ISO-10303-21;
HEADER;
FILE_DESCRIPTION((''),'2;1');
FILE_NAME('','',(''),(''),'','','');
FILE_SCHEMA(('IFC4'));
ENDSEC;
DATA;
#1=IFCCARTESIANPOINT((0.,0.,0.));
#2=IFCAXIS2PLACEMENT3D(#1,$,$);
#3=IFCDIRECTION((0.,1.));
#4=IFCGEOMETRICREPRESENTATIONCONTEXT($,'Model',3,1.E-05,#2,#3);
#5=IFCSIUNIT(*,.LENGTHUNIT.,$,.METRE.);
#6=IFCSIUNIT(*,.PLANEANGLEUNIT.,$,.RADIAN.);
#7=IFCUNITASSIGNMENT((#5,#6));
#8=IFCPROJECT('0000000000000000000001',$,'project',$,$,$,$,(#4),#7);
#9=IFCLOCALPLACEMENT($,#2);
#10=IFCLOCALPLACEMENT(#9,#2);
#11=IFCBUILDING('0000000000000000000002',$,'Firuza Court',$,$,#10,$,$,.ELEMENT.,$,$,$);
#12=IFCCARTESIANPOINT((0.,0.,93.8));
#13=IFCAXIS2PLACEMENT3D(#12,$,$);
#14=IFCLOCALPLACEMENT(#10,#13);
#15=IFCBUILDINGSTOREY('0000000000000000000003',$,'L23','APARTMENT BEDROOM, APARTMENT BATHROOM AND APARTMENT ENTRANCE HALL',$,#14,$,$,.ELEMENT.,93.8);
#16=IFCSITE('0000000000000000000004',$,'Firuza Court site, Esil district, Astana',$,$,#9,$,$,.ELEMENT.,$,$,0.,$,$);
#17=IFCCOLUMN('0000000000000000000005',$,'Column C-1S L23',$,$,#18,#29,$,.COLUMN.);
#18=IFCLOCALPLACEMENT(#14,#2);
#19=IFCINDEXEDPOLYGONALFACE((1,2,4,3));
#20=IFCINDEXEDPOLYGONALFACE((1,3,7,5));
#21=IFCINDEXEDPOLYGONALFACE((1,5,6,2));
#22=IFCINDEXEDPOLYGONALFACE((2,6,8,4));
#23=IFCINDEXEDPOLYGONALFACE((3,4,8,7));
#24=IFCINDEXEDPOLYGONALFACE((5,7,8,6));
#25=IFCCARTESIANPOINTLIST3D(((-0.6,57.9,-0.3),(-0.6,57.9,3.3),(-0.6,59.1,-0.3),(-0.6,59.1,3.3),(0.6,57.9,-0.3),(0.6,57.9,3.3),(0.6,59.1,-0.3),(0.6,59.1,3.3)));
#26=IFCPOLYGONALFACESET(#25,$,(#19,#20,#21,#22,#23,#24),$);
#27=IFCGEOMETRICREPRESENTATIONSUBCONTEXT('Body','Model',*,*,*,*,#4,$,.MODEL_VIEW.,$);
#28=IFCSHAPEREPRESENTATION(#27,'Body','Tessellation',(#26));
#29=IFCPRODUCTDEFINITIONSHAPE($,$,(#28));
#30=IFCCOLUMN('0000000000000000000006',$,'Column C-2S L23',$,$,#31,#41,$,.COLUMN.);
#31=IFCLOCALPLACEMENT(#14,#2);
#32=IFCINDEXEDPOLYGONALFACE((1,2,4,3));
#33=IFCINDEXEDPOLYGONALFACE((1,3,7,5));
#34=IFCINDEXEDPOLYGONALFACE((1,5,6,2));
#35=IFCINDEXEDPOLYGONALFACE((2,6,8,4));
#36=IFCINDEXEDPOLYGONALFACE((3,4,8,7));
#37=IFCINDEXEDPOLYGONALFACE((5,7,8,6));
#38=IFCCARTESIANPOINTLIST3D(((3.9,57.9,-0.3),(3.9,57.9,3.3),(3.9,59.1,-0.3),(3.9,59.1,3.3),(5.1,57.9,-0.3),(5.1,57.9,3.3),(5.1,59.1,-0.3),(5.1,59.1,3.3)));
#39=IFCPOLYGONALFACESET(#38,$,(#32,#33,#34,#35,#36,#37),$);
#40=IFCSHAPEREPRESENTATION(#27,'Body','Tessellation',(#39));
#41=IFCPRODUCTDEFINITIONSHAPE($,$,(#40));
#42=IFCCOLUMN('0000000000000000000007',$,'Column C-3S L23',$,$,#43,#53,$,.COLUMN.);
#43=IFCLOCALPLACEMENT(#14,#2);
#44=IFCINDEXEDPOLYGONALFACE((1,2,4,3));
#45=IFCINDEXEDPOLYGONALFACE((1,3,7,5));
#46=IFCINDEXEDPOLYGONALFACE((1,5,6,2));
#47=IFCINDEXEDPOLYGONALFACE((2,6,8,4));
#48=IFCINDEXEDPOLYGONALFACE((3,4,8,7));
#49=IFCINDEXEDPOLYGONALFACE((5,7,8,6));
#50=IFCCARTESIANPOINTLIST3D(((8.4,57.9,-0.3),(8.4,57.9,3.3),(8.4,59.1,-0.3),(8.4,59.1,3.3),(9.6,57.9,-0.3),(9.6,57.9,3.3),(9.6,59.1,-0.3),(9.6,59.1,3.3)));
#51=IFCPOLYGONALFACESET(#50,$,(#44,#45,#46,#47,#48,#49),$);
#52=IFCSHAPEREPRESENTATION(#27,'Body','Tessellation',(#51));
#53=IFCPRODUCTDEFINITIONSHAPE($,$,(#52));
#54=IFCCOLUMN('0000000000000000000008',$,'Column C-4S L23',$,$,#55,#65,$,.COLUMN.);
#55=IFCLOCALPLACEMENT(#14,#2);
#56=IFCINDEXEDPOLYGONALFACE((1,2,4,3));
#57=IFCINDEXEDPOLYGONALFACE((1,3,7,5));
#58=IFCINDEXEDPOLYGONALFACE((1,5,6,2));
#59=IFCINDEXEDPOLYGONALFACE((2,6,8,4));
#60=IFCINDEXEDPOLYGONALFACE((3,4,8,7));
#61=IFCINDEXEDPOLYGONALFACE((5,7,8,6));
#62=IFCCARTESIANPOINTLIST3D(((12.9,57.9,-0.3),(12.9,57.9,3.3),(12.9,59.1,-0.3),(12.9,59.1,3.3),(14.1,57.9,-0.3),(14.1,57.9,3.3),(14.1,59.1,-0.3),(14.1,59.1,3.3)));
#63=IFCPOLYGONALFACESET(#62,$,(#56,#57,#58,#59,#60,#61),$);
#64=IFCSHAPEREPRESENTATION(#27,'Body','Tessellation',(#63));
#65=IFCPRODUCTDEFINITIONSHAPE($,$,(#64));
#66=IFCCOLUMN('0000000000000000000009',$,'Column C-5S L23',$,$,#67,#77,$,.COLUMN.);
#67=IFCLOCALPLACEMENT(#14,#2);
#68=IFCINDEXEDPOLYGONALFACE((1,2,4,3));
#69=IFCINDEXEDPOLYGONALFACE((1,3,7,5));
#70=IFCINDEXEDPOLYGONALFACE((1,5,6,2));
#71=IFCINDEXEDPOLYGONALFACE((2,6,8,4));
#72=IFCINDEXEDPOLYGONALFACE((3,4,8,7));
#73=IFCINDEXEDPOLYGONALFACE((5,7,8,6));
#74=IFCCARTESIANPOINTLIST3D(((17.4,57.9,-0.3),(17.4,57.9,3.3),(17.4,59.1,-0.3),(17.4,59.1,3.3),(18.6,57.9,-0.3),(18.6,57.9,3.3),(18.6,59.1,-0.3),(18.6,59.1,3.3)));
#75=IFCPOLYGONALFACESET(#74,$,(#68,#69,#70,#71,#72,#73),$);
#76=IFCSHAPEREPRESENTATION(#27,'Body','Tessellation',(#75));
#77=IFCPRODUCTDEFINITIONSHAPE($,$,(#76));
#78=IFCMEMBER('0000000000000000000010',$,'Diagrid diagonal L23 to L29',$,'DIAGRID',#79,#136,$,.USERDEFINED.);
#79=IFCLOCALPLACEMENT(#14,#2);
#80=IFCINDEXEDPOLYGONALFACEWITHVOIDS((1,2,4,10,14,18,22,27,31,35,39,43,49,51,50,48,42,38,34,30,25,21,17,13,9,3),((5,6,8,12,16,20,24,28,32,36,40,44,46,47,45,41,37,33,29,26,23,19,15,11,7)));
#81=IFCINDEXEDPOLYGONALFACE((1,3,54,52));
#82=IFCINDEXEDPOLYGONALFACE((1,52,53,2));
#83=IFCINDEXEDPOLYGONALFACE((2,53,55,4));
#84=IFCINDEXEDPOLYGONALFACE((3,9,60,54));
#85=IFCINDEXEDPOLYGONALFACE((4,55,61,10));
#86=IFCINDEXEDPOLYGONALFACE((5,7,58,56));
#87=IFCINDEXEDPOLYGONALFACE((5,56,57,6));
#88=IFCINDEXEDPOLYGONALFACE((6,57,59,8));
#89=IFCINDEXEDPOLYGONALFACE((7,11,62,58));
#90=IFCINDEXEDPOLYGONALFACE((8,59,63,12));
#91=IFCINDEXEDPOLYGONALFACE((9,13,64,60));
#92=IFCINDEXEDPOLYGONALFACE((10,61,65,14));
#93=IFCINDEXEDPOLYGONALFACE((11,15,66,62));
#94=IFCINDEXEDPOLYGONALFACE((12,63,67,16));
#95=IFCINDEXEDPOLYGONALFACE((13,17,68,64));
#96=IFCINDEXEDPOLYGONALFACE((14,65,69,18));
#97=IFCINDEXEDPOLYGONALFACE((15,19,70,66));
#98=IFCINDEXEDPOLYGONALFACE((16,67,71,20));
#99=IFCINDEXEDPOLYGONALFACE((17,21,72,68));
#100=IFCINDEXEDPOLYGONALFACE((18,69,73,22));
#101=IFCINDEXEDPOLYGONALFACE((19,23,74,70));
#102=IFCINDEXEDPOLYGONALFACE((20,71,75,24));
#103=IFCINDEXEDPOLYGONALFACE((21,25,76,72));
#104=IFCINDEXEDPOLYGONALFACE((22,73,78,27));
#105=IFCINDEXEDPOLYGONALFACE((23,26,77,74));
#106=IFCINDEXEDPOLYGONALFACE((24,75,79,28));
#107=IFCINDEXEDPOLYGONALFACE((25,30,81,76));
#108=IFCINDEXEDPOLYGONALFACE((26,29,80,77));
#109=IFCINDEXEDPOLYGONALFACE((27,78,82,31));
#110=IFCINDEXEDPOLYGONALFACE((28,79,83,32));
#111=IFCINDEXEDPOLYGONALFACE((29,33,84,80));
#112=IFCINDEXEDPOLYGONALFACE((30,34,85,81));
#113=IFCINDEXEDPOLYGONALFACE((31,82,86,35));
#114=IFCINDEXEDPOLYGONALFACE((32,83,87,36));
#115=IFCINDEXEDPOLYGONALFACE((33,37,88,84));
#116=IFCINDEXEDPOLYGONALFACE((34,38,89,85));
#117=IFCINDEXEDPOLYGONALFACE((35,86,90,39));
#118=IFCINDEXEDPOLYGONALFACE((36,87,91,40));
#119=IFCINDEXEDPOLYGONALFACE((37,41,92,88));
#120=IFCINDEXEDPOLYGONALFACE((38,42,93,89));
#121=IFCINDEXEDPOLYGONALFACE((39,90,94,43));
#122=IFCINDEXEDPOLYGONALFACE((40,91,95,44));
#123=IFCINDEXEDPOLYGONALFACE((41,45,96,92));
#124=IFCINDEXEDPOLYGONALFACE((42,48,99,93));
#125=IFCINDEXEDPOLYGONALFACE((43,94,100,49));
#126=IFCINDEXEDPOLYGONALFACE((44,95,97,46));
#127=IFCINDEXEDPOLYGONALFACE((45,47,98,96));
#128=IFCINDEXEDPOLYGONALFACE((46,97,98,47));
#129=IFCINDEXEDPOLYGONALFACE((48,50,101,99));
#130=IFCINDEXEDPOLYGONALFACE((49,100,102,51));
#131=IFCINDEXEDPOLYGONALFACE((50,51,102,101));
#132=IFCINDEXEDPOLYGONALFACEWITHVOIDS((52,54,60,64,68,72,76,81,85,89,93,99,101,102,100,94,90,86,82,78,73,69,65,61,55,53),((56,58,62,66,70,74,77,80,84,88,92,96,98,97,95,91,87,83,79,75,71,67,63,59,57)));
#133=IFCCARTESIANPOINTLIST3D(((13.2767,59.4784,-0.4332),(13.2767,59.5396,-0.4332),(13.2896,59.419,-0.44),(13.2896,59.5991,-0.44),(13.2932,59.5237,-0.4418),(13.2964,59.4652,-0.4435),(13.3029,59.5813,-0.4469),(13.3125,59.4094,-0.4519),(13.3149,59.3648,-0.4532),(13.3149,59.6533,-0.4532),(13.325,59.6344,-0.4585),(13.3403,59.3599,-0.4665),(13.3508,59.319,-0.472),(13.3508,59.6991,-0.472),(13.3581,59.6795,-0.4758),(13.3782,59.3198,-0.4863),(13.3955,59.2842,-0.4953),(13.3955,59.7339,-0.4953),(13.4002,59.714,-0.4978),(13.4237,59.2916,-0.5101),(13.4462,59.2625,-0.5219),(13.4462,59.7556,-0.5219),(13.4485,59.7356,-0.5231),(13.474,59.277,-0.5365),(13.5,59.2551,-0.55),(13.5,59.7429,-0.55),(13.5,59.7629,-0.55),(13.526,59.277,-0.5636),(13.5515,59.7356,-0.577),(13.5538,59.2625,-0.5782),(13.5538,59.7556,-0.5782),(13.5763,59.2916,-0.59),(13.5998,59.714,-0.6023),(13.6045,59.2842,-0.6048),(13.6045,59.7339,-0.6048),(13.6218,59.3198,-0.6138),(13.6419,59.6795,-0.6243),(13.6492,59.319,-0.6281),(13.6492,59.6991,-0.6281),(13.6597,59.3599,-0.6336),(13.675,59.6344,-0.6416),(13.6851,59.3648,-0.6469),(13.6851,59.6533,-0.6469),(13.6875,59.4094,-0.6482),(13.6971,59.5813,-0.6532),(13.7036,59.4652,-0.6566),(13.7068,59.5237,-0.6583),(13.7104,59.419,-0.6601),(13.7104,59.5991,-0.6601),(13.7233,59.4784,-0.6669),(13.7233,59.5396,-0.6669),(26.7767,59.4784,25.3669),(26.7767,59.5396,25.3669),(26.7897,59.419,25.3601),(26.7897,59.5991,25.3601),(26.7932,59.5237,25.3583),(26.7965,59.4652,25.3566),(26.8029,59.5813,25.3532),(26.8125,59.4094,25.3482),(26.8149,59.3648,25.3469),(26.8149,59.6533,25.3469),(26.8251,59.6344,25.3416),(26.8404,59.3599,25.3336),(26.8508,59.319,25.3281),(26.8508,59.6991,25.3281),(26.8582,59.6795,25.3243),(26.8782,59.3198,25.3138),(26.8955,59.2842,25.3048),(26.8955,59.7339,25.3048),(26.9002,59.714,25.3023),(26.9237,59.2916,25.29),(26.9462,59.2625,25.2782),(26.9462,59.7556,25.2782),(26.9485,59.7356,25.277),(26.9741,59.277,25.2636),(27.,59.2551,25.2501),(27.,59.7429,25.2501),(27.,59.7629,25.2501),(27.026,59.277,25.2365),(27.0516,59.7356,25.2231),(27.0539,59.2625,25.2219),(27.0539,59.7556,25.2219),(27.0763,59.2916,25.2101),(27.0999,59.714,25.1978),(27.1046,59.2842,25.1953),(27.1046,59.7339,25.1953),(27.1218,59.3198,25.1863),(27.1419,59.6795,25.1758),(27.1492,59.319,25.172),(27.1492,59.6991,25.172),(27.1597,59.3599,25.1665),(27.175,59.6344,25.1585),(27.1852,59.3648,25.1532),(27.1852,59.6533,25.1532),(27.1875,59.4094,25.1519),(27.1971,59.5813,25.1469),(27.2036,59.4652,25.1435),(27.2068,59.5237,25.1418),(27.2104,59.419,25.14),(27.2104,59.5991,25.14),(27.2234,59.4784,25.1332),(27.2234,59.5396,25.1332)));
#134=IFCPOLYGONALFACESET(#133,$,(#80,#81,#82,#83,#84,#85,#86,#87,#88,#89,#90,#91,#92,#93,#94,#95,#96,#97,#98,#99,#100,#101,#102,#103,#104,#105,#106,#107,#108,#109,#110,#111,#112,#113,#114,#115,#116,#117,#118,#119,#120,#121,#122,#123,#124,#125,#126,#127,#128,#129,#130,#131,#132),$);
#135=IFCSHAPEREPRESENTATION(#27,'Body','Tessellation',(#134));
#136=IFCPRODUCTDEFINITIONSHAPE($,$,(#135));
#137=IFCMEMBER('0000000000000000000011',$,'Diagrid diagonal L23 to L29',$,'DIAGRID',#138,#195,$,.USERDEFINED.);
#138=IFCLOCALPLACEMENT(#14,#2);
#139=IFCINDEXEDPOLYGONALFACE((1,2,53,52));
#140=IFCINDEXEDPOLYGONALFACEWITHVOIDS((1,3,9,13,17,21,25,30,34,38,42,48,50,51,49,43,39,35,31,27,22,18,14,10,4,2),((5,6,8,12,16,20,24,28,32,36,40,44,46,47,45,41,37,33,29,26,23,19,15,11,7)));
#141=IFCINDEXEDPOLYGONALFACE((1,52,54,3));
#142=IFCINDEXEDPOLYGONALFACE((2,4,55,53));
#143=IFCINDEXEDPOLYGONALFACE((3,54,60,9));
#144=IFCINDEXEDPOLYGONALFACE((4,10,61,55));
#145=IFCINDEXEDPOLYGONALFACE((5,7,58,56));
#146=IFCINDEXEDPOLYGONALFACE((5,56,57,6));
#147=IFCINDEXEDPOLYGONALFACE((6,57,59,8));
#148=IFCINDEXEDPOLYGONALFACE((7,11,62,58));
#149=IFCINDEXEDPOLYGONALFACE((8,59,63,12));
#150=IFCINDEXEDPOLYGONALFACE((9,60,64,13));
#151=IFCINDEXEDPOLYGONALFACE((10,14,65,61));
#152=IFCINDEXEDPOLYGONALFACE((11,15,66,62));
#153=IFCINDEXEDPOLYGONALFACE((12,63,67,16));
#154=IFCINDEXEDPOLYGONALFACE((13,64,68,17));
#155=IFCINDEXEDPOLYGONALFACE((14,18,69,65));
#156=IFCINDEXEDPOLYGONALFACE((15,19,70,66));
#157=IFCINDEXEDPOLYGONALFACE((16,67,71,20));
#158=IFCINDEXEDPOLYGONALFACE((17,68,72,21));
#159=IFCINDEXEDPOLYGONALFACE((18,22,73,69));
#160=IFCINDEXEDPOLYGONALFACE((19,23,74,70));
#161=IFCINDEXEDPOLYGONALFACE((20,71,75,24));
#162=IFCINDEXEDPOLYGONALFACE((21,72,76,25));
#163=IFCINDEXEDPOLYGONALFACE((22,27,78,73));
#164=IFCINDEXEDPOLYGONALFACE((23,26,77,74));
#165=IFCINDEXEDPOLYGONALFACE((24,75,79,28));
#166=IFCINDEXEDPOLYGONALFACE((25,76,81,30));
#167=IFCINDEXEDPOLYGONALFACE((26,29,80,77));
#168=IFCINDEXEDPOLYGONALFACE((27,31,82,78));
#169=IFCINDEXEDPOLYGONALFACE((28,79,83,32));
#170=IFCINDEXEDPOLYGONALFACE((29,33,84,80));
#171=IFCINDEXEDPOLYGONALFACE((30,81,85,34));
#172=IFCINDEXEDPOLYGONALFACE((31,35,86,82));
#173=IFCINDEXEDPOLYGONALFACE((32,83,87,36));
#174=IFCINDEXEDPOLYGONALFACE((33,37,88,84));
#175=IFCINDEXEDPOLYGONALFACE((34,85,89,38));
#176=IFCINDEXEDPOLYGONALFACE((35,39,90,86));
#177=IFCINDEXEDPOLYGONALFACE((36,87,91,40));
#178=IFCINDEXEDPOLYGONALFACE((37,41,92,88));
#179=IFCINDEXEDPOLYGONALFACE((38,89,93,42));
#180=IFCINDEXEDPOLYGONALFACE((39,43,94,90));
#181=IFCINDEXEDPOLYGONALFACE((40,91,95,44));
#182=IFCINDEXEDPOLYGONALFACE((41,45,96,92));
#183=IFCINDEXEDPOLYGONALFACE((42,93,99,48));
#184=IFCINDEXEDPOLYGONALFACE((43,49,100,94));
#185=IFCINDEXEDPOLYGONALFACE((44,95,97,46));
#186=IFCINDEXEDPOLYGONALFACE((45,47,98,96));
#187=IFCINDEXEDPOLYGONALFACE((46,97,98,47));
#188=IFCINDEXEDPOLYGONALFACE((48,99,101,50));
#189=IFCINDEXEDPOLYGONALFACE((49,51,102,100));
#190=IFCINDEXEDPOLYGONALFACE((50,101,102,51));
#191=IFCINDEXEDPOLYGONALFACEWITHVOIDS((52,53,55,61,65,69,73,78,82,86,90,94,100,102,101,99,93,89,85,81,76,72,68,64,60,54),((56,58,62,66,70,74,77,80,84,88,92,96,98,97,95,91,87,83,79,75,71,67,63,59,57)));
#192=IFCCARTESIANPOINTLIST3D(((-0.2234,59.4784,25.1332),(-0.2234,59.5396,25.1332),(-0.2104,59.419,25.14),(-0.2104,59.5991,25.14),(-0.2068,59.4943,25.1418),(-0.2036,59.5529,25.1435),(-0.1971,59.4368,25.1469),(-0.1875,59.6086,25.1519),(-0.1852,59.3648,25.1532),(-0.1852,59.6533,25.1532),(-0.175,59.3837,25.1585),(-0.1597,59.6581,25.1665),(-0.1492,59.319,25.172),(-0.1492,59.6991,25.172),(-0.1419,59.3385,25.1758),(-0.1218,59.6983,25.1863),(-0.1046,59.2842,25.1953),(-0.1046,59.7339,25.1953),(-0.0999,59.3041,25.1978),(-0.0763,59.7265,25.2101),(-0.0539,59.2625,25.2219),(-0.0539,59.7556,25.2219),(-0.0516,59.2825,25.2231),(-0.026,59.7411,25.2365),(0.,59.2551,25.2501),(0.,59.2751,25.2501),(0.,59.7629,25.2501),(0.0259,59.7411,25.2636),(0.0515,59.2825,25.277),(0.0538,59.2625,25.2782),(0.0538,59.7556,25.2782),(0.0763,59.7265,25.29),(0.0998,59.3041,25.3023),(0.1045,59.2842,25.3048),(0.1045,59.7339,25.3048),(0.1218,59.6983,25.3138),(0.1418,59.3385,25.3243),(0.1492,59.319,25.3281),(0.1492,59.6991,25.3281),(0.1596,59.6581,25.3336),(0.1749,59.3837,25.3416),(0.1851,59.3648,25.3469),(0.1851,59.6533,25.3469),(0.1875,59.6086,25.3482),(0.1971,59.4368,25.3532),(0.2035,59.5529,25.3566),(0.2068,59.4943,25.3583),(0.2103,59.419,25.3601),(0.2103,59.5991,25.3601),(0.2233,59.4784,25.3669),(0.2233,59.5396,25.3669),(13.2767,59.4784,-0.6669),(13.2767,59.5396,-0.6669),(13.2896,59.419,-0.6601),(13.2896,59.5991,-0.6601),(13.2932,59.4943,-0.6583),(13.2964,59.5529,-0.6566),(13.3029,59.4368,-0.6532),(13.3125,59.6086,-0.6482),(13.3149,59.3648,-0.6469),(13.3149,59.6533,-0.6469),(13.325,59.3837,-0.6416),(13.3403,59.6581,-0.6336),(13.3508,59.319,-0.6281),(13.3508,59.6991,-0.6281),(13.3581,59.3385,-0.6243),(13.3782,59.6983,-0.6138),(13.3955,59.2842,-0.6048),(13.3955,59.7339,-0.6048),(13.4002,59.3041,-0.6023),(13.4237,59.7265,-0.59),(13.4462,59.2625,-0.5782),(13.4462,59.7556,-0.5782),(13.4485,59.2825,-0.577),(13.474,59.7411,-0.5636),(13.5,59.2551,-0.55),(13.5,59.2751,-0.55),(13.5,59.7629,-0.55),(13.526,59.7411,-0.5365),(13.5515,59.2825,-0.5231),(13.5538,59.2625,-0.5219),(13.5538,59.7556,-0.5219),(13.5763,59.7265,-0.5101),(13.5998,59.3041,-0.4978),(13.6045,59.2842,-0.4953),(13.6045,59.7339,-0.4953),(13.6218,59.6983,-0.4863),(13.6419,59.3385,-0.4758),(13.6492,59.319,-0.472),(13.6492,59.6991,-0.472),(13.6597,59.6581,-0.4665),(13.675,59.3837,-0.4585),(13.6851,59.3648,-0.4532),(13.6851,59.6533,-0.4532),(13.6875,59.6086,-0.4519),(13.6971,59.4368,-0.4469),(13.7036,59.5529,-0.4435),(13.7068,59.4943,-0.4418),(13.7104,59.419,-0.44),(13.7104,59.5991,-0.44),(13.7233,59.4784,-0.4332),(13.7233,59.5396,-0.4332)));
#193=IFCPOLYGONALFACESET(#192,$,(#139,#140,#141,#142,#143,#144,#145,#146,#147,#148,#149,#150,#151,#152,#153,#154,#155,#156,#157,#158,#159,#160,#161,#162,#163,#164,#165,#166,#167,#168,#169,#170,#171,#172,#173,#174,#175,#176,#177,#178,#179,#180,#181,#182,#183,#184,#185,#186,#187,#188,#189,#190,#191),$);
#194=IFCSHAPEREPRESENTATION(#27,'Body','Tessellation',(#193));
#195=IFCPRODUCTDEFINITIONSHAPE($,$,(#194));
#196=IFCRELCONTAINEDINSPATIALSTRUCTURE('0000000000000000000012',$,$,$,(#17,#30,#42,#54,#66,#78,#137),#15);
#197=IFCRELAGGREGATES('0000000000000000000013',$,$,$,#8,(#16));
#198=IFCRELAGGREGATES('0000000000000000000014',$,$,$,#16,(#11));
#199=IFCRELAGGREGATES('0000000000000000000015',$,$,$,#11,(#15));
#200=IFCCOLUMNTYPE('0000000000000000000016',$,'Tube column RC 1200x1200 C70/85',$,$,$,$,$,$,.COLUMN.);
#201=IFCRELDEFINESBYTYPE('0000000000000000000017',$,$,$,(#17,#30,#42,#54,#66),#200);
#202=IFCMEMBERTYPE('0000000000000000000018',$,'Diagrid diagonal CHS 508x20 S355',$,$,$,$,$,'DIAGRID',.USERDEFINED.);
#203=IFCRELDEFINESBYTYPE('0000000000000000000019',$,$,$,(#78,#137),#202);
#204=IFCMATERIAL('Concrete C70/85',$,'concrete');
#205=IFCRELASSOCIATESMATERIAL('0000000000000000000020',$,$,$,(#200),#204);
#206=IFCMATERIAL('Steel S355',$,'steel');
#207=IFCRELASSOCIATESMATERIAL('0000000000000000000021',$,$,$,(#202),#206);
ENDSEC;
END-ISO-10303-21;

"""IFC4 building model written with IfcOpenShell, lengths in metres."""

from ifc_helpers import new_model, si_unit, direction, frame, origin, origin_2d, place, context, subcontext, project, spatial, rectangle, hollow_circle, extrude, material, material_profile, profile_set, type_object, element, save


model = new_model("IFC4")

# Units and contexts
model_context = context("Model", 3, precision=1e-05, world=origin(), true_north=direction((0.0, 1.0)))
body_context = subcontext(model_context, "Body", "Model", "MODEL_VIEW")
ifc_project = project(units=[si_unit("LENGTHUNIT", "METRE"), si_unit("PLANEANGLEUNIT", "RADIAN")], contexts=[model_context])

# Site, building, storey
site_placement = place(None, origin())
site = spatial("IfcSite", under=ifc_project, at=site_placement, Name="Firuza Court site, Esil district, Astana", CompositionType="ELEMENT", RefElevation=0.0)
building_placement = place(site_placement, origin())
building = spatial("IfcBuilding", under=site, at=building_placement, Name="Firuza Court", CompositionType="ELEMENT")
storey_placement = place(building_placement, frame((0.0, 0.0, 93.8)))
storey = spatial("IfcBuildingStorey", under=building, at=storey_placement, Name="L23", Description="APARTMENT BEDROOM, APARTMENT BATHROOM AND APARTMENT ENTRANCE HALL", CompositionType="ELEMENT", Elevation=93.8)

# Columns
ifc_material_1 = material(Name="Concrete C70/85", Category="concrete")
ifc_material_profile_1 = material_profile(ifc_material_1, rectangle(XDim=1.2, YDim=1.2, at=origin_2d()), Name="RC 1200x1200")
ifc_profile_set_1 = profile_set([ifc_material_profile_1], Name="Concrete C70/85")
column_type = type_object("IfcColumnType", Name="Tube column RC 1200x1200 C70/85", PredefinedType="COLUMN", material=ifc_profile_set_1)
for number, where, z_axis, x_axis, name in (
    (1, (0.0, 58.5, -0.3), (0.0, 0.0, 1.0), (1.0, 0.0, 0.0), "Column C-1S L23"),
    (2, (4.5, 58.5, -0.3), (0.0, 0.0, 1.0), (1.0, 0.0, 0.0), "Column C-2S L23"),
    (3, (9.0, 58.5, -0.3), (0.0, 0.0, 1.0), (1.0, 0.0, 0.0), "Column C-3S L23"),
    (4, (13.5, 58.5, -0.3), (0.0, 0.0, 1.0), (1.0, 0.0, 0.0), "Column C-4S L23"),
    (5, (18.0, 58.5, -0.3), (0.0, 0.0, 1.0), (1.0, 0.0, 0.0), "Column C-5S L23"),
):
    element("IfcColumn", number, at=place(storey_placement, frame(where, z_axis=z_axis, x_axis=x_axis)), inside=storey, type_object=column_type, Name=name, PredefinedType="COLUMN", context=body_context, shape_type="SweptSolid", body=[
        extrude(rectangle(XDim=1.2, YDim=1.2, at=origin_2d()), origin(), (0.0, 0.0, 1.0), 3.6001),
    ])

# Members
ifc_material_2 = material(Name="Steel S355", Category="steel")
ifc_material_profile_2 = material_profile(ifc_material_2, hollow_circle(Radius=0.2539, WallThickness=0.02, at=origin_2d()), Name="CHS 508x20")
ifc_profile_set_2 = profile_set([ifc_material_profile_2], Name="Steel S355")
member_type = type_object("IfcMemberType", Name="Diagrid diagonal CHS 508x20 S355", ElementType="DIAGRID", PredefinedType="USERDEFINED", material=ifc_profile_set_2)
for number, where, z_axis, x_axis, name in (
    (6, (13.5, 59.509, -0.55), (0.463621, 0.0, 0.886033), (0.0, 1.0, 0.0), "Diagrid diagonal L23 to L29"),
    (7, (13.5, 59.509, -0.55), (-0.463621, 0.0, 0.886033), (0.0, -1.0, 0.0), "Diagrid diagonal L23 to L29"),
):
    element("IfcMember", number, at=place(storey_placement, frame(where, z_axis=z_axis, x_axis=x_axis)), inside=storey, type_object=member_type, Name=name, ObjectType="DIAGRID", PredefinedType="USERDEFINED", context=body_context, shape_type="SweptSolid", body=[
        extrude(hollow_circle(Radius=0.2539, WallThickness=0.02, at=origin_2d()), origin(), (0.0, 0.0, 1.0), 29.1187),
    ])

save(model, "model.ifc")
